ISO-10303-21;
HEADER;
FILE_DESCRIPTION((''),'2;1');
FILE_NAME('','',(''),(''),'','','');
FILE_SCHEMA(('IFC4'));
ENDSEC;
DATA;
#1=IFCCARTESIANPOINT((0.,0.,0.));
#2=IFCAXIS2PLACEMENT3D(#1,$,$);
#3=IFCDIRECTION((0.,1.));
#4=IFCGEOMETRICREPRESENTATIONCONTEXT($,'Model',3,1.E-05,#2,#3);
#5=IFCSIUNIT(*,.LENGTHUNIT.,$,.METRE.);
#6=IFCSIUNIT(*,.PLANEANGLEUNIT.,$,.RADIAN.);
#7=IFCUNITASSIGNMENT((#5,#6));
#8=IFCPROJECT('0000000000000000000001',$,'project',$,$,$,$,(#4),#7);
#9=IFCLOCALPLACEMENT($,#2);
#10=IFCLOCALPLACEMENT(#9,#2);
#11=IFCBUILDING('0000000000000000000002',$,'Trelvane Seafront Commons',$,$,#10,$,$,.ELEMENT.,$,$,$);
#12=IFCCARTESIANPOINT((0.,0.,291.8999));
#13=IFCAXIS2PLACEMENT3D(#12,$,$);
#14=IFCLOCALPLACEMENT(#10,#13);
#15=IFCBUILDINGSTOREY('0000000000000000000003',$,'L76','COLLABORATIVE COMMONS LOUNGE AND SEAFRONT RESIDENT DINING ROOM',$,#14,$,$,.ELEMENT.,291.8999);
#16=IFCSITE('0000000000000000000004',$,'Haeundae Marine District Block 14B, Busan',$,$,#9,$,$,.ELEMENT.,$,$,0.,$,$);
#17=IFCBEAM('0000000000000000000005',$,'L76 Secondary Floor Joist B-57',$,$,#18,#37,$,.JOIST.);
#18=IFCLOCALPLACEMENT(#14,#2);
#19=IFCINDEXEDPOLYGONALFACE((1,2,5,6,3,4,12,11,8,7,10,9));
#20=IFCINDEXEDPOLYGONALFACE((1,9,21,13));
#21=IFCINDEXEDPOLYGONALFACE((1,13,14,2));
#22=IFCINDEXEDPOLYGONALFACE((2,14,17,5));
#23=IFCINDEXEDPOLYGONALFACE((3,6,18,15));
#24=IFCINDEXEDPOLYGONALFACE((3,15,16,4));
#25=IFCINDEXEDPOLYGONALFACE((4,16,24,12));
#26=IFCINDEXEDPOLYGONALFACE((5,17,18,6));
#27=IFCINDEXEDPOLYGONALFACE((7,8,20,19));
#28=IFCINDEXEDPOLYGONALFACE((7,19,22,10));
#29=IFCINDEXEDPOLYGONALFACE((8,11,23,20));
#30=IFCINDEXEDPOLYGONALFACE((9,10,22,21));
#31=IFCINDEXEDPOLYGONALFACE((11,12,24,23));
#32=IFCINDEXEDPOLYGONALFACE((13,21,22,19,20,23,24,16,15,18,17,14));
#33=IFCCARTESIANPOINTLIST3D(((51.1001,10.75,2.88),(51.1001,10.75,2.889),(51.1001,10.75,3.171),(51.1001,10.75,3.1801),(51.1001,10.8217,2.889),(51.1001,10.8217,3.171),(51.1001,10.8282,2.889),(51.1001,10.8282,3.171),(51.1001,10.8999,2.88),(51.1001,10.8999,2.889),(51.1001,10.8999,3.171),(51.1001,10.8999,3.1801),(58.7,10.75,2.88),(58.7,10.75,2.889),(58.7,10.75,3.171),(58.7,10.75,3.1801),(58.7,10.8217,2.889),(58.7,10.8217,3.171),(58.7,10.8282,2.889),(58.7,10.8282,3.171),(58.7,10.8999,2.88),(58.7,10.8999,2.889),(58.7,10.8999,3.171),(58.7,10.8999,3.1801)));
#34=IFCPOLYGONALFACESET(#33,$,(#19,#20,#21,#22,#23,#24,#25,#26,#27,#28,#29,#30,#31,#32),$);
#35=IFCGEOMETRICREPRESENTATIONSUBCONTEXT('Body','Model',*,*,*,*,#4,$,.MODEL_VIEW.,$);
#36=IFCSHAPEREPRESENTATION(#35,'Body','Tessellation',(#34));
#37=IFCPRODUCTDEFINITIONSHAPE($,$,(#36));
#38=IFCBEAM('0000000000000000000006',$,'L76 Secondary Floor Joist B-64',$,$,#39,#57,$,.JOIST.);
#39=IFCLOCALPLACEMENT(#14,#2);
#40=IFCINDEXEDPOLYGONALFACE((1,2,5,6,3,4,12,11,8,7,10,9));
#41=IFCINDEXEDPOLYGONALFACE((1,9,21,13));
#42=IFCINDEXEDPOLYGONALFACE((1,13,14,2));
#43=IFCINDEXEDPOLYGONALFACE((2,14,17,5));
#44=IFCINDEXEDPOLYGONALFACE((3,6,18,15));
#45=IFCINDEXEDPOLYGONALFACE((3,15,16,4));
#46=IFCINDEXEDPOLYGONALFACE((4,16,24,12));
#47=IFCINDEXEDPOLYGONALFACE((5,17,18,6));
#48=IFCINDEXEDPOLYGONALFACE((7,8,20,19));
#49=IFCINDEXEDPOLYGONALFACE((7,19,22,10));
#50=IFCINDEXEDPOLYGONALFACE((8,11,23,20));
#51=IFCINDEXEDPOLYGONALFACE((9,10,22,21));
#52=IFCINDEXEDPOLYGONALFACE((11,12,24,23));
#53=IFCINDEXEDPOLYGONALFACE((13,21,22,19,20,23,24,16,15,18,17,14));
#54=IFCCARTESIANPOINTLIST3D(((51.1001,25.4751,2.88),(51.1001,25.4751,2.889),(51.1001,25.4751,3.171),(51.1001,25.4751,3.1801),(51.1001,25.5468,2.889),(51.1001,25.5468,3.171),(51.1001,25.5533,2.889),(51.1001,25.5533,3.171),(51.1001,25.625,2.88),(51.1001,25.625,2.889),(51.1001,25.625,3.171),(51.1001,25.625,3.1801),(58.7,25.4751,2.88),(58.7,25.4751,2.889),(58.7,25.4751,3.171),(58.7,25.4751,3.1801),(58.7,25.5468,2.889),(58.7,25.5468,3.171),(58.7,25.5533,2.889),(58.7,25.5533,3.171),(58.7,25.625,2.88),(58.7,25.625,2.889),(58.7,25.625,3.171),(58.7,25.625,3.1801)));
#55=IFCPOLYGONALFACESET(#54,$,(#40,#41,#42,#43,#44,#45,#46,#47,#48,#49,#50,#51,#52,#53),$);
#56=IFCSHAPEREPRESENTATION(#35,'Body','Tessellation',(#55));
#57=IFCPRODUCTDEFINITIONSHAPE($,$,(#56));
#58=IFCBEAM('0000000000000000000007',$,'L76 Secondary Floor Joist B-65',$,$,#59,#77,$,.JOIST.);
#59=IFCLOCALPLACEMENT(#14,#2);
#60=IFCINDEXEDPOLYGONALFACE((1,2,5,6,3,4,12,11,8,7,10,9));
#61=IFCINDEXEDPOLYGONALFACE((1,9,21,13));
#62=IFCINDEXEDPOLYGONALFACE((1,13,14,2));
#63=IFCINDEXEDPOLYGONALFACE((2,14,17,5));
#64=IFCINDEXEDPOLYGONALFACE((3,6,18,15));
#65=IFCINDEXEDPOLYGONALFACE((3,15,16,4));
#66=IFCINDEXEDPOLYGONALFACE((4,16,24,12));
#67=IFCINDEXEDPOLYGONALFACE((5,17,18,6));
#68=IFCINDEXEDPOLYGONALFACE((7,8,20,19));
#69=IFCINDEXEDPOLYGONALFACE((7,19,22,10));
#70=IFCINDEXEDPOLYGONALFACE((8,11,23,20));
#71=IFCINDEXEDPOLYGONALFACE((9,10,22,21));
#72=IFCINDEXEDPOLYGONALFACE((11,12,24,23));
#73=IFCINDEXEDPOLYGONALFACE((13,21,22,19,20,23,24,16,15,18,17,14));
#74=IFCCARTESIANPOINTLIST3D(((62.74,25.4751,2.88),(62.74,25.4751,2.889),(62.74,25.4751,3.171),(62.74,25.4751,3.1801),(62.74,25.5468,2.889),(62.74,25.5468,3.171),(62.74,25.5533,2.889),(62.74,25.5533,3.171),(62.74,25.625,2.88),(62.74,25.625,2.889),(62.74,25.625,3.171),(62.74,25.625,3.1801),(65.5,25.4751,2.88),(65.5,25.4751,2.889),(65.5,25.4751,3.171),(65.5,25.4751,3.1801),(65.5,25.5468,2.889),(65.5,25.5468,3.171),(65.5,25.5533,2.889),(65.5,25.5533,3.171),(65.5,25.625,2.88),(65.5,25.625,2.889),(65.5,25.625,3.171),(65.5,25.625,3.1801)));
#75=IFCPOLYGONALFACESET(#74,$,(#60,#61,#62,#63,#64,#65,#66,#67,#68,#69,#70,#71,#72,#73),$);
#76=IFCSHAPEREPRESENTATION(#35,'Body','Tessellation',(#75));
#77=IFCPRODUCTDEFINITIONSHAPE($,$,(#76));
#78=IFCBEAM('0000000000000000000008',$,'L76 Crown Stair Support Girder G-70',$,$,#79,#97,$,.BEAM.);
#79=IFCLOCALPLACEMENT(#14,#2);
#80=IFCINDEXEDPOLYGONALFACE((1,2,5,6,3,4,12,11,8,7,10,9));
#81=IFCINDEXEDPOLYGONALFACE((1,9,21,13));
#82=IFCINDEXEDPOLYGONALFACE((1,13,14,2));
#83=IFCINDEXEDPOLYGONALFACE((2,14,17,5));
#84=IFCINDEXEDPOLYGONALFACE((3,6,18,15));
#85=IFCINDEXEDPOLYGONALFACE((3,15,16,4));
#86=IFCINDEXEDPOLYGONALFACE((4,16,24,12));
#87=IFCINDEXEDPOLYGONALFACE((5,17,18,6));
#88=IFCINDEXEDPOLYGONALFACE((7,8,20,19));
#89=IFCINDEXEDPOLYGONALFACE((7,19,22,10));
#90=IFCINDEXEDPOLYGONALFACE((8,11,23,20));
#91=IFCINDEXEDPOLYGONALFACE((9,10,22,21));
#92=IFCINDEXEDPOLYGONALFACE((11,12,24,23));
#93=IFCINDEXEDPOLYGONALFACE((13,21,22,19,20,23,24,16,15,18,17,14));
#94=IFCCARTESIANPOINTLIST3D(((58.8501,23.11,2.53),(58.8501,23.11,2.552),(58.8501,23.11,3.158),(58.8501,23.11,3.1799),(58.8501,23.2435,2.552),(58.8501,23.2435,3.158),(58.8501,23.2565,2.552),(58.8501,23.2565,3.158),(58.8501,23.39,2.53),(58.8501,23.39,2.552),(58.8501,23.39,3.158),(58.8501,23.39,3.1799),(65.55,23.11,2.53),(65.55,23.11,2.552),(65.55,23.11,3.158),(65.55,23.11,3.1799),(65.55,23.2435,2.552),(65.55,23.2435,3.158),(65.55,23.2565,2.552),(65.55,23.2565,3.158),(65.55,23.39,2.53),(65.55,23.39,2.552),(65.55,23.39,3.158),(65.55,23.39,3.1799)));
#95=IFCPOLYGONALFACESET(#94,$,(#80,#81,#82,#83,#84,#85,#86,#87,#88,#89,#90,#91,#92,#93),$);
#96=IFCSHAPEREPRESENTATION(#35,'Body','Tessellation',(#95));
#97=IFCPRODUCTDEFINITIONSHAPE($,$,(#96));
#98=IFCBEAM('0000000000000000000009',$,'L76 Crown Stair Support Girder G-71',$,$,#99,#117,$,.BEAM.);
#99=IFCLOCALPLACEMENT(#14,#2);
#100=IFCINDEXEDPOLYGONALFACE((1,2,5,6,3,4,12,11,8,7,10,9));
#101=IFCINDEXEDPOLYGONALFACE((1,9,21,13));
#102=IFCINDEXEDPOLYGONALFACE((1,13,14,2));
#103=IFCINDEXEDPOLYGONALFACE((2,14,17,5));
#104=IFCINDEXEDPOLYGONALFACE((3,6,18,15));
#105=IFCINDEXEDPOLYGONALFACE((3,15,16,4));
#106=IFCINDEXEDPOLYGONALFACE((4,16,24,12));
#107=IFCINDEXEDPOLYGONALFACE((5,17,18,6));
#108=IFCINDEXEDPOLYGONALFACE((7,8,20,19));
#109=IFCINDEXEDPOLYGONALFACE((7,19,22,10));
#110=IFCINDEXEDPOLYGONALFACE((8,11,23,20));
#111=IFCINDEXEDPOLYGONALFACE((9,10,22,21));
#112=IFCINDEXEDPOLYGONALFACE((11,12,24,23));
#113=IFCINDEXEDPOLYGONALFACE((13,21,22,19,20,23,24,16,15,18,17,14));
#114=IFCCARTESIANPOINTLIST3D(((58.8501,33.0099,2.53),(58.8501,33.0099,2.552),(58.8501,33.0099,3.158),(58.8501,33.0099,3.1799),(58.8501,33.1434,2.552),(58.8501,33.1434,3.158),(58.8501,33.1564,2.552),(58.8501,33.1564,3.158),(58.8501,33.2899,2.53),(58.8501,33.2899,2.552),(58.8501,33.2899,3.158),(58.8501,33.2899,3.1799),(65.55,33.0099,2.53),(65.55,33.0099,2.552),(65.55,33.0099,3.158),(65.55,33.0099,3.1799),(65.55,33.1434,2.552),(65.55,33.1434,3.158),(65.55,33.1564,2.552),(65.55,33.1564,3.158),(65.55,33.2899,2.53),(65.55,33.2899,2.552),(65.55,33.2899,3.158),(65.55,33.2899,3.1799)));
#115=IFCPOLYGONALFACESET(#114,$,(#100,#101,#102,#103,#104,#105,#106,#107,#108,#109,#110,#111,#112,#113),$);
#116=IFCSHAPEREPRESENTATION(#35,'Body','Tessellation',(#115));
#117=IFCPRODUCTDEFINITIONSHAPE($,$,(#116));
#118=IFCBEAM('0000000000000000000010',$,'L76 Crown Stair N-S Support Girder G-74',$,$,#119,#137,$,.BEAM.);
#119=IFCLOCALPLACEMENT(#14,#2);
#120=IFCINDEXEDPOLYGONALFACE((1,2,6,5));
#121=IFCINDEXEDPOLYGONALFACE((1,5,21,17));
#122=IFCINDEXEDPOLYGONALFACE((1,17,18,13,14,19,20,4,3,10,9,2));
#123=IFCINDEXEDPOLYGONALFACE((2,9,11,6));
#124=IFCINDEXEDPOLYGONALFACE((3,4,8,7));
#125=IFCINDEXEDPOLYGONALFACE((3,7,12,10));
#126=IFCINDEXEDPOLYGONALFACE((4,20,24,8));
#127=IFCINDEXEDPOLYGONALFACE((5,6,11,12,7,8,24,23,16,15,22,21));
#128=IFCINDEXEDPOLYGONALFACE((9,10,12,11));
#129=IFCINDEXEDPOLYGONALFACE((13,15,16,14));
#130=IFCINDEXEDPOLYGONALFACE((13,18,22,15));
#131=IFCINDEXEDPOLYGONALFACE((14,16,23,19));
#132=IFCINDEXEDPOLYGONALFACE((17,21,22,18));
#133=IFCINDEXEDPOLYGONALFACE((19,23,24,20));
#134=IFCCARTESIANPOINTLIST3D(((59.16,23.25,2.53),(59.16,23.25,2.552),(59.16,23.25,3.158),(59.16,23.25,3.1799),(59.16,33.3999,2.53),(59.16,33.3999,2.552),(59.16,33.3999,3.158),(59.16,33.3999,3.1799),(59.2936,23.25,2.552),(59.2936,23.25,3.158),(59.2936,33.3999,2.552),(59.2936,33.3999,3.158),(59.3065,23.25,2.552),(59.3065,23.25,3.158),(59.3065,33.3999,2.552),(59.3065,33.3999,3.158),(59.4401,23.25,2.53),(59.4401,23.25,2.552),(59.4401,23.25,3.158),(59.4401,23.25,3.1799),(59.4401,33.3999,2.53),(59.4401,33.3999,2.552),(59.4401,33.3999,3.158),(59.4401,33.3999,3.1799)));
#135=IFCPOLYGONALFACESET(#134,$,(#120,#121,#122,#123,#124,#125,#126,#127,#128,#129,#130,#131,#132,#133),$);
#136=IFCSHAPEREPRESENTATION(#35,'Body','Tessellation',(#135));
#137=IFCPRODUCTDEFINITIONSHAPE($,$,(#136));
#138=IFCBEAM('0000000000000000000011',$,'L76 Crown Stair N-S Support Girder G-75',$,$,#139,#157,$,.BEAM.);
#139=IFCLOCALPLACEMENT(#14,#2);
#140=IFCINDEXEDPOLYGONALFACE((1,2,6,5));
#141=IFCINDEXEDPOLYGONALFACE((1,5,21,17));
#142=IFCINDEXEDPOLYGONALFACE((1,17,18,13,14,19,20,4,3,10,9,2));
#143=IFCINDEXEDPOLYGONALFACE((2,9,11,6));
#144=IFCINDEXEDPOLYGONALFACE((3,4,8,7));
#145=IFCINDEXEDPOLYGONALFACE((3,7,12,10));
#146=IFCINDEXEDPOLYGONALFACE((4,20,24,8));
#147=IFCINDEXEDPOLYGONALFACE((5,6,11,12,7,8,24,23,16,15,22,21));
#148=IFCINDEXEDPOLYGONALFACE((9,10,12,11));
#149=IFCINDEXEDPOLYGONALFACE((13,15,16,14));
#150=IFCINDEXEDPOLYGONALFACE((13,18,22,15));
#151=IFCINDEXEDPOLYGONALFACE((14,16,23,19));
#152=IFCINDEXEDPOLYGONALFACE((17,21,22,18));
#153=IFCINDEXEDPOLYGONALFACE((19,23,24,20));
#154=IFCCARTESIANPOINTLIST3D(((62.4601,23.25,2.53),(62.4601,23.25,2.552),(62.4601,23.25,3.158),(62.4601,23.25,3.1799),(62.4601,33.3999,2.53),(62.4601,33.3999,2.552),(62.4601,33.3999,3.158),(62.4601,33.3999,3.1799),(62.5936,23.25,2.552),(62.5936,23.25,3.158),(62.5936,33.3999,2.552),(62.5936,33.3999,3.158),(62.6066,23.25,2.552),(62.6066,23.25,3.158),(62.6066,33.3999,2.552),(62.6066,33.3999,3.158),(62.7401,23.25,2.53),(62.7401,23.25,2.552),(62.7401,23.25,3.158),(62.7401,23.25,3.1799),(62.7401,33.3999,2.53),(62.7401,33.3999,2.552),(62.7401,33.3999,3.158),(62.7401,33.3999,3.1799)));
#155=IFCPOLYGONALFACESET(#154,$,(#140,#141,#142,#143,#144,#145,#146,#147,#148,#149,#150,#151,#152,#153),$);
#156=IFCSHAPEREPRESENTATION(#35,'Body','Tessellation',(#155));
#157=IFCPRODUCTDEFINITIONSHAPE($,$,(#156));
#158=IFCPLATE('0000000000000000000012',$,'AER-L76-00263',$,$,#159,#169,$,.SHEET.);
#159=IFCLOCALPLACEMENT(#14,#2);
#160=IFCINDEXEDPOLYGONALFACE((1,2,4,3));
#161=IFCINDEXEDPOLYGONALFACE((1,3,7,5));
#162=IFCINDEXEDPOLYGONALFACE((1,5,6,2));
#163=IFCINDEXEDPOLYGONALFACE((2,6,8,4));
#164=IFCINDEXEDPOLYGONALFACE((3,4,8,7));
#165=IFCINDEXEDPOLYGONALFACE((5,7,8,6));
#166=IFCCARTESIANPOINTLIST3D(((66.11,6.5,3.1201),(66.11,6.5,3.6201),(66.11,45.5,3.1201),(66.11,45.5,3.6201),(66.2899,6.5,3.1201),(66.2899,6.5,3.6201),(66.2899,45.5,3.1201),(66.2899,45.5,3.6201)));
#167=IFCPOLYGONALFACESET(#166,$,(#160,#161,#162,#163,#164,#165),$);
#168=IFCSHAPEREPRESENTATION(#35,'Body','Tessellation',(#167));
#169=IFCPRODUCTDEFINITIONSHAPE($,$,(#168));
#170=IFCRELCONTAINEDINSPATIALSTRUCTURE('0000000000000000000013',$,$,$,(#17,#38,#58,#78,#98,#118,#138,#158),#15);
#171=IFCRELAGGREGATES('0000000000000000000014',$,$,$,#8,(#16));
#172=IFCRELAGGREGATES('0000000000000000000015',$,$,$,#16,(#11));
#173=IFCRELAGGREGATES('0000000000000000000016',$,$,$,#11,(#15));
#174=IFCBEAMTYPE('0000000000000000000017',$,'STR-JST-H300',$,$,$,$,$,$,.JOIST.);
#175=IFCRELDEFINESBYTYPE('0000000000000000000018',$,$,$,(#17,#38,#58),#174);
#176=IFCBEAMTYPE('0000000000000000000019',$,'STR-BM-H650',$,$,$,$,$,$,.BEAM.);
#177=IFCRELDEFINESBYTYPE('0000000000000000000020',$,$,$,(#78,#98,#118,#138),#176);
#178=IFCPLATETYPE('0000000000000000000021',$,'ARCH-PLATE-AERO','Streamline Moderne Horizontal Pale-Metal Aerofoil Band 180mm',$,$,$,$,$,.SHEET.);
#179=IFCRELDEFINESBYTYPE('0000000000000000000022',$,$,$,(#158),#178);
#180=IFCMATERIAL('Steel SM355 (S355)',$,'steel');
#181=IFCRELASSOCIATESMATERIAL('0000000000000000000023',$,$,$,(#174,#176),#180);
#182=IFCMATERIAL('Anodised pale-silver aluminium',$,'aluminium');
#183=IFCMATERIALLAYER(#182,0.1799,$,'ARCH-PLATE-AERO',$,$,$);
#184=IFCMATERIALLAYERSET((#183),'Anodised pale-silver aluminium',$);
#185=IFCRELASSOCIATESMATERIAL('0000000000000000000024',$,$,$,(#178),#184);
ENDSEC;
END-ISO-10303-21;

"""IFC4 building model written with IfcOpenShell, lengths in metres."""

from ifc_helpers import new_model, si_unit, direction, frame, origin, origin_2d, place, context, subcontext, project, spatial, rectangle, i_section, extrude, source, transform, mapped, material, layer, layer_set, material_profile, profile_set, type_object, element, save


model = new_model("IFC4")

# Units and contexts
model_context = context("Model", 3, precision=1e-05, world=origin(), true_north=direction((0.0, 1.0)))
body_context = subcontext(model_context, "Body", "Model", "MODEL_VIEW")
ifc_project = project(units=[si_unit("LENGTHUNIT", "METRE"), si_unit("PLANEANGLEUNIT", "RADIAN")], contexts=[model_context])

# Site, building, storey
site_placement = place(None, origin())
site = spatial("IfcSite", under=ifc_project, at=site_placement, Name="Haeundae Marine District Block 14B, Busan", CompositionType="ELEMENT", RefElevation=0.0)
building_placement = place(site_placement, origin())
building = spatial("IfcBuilding", under=site, at=building_placement, Name="Trelvane Seafront Commons", CompositionType="ELEMENT")
storey_placement = place(building_placement, frame((0.0, 0.0, 291.8999)))
storey = spatial("IfcBuildingStorey", under=building, at=storey_placement, Name="L76", Description="COLLABORATIVE COMMONS LOUNGE AND SEAFRONT RESIDENT DINING ROOM", CompositionType="ELEMENT", Elevation=291.8999)

# Shared definitions
ifc_material_1 = material(Name="Steel SM355 (S355)", Category="steel")

# Beams
ifc_material_profile_1 = material_profile(ifc_material_1, i_section(OverallWidth=0.1499, OverallDepth=0.3, WebThickness=0.0066, FlangeThickness=0.009, at=origin_2d()), Name="H-300x150x6.5x9")
ifc_profile_set_1 = profile_set([ifc_material_profile_1], Name="Steel SM355 (S355)")
beam_type_1 = type_object("IfcBeamType", Name="STR-JST-H300", PredefinedType="JOIST", material=ifc_profile_set_1)
shared_shape_1 = source(origin(), body_context, "Body", "SweptSolid", [
    extrude(i_section(OverallWidth=0.1499, OverallDepth=0.3, WebThickness=0.0066, FlangeThickness=0.009, at=origin_2d()), origin(), (0.0, 0.0, 1.0), 7.5999),
])
for number, where, z_axis, x_axis, name in (
    (1, (51.1001, 10.825, 3.03), (1.0, 0.0, 0.0), (0.0, 1.0, 0.0), "L76 Secondary Floor Joist B-57"),
    (2, (51.1001, 25.55, 3.03), (1.0, 0.0, 0.0), (0.0, 1.0, 0.0), "L76 Secondary Floor Joist B-64"),
):
    element("IfcBeam", number, at=place(storey_placement, frame(where, z_axis=z_axis, x_axis=x_axis)), inside=storey, type_object=beam_type_1, Name=name, PredefinedType="JOIST", context=body_context, shape_type="MappedRepresentation", body=[
        mapped(shared_shape_1, transform((0.0, 0.0, 0.0), x_axis=(1.0, 0.0, 0.0), y_axis=(0.0, 1.0, 0.0), z_axis=(0.0, 0.0, 1.0), scale=1.0)),
    ])
shared_shape_2 = source(origin(), body_context, "Body", "SweptSolid", [
    extrude(i_section(OverallWidth=0.1499, OverallDepth=0.3, WebThickness=0.0066, FlangeThickness=0.009, at=origin_2d()), origin(), (0.0, 0.0, 1.0), 2.76),
])
beam_1_placement = place(storey_placement, frame((62.74, 25.55, 3.03), z_axis=(1.0, 0.0, 0.0), x_axis=(0.0, 1.0, 0.0)))
element("IfcBeam", 3, at=beam_1_placement, inside=storey, type_object=beam_type_1, Name="L76 Secondary Floor Joist B-65", PredefinedType="JOIST", context=body_context, shape_type="MappedRepresentation", body=[
    mapped(shared_shape_2, transform((0.0, 0.0, 0.0), x_axis=(1.0, 0.0, 0.0), y_axis=(0.0, 1.0, 0.0), z_axis=(0.0, 0.0, 1.0), scale=1.0)),
])
ifc_material_profile_2 = material_profile(ifc_material_1, i_section(OverallWidth=0.28, OverallDepth=0.6499, WebThickness=0.0129, FlangeThickness=0.022, at=origin_2d()), Name="H-650x280x13x22")
ifc_profile_set_2 = profile_set([ifc_material_profile_2], Name="Steel SM355 (S355)")
beam_type_2 = type_object("IfcBeamType", Name="STR-BM-H650", PredefinedType="BEAM", material=ifc_profile_set_2)
shared_shape_3 = source(origin(), body_context, "Body", "SweptSolid", [
    extrude(i_section(OverallWidth=0.28, OverallDepth=0.6499, WebThickness=0.0129, FlangeThickness=0.022, at=origin_2d()), origin(), (0.0, 0.0, 1.0), 6.7),
])
for number, where, z_axis, x_axis, name in (
    (4, (58.8501, 23.25, 2.855), (1.0, 0.0, 0.0), (0.0, 1.0, 0.0), "L76 Crown Stair Support Girder G-70"),
    (5, (58.8501, 33.1499, 2.855), (1.0, 0.0, 0.0), (0.0, 1.0, 0.0), "L76 Crown Stair Support Girder G-71"),
):
    element("IfcBeam", number, at=place(storey_placement, frame(where, z_axis=z_axis, x_axis=x_axis)), inside=storey, type_object=beam_type_2, Name=name, PredefinedType="BEAM", context=body_context, shape_type="MappedRepresentation", body=[
        mapped(shared_shape_3, transform((0.0, 0.0, 0.0), x_axis=(1.0, 0.0, 0.0), y_axis=(0.0, 1.0, 0.0), z_axis=(0.0, 0.0, 1.0), scale=1.0)),
    ])
shared_shape_4 = source(origin(), body_context, "Body", "SweptSolid", [
    extrude(i_section(OverallWidth=0.28, OverallDepth=0.6499, WebThickness=0.0129, FlangeThickness=0.022, at=origin_2d()), origin(), (0.0, 0.0, 1.0), 10.1499),
])
for number, where, z_axis, x_axis, name in (
    (6, (59.3, 23.25, 2.855), (0.0, 1.0, 0.0), (-1.0, 0.0, 0.0), "L76 Crown Stair N-S Support Girder G-74"),
    (7, (62.6001, 23.25, 2.855), (0.0, 1.0, 0.0), (-1.0, 0.0, 0.0), "L76 Crown Stair N-S Support Girder G-75"),
):
    element("IfcBeam", number, at=place(storey_placement, frame(where, z_axis=z_axis, x_axis=x_axis)), inside=storey, type_object=beam_type_2, Name=name, PredefinedType="BEAM", context=body_context, shape_type="MappedRepresentation", body=[
        mapped(shared_shape_4, transform((0.0, 0.0, 0.0), x_axis=(1.0, 0.0, 0.0), y_axis=(0.0, 1.0, 0.0), z_axis=(0.0, 0.0, 1.0), scale=1.0)),
    ])

# Plate
ifc_material_2 = material(Name="Anodised pale-silver aluminium", Category="aluminium")
ifc_layer_1 = layer(ifc_material_2, 0.1799, Name="ARCH-PLATE-AERO")
ifc_layer_set_1 = layer_set([ifc_layer_1], Name="Anodised pale-silver aluminium")
plate_type = type_object("IfcPlateType", Name="ARCH-PLATE-AERO", Description="Streamline Moderne Horizontal Pale-Metal Aerofoil Band 180mm", PredefinedType="SHEET", material=ifc_layer_set_1)
shared_shape_5 = source(origin(), body_context, "Body", "SweptSolid", [
    extrude(rectangle(XDim=39.0, YDim=0.1799, at=origin_2d()), origin(), (0.0, 0.0, 1.0), 0.5),
])
plate_placement = place(storey_placement, frame((66.2, 26.0, 3.1201), z_axis=(0.0, 0.0, 1.0), x_axis=(0.0, -1.0, 0.0)))
element("IfcPlate", 8, at=plate_placement, inside=storey, type_object=plate_type, Name="AER-L76-00263", PredefinedType="SHEET", context=body_context, shape_type="MappedRepresentation", body=[
    mapped(shared_shape_5, transform((0.0, 0.0, 0.0), x_axis=(1.0, 0.0, 0.0), y_axis=(0.0, 1.0, 0.0), z_axis=(0.0, 0.0, 1.0), scale=1.0)),
])

save(model, "model.ifc")
